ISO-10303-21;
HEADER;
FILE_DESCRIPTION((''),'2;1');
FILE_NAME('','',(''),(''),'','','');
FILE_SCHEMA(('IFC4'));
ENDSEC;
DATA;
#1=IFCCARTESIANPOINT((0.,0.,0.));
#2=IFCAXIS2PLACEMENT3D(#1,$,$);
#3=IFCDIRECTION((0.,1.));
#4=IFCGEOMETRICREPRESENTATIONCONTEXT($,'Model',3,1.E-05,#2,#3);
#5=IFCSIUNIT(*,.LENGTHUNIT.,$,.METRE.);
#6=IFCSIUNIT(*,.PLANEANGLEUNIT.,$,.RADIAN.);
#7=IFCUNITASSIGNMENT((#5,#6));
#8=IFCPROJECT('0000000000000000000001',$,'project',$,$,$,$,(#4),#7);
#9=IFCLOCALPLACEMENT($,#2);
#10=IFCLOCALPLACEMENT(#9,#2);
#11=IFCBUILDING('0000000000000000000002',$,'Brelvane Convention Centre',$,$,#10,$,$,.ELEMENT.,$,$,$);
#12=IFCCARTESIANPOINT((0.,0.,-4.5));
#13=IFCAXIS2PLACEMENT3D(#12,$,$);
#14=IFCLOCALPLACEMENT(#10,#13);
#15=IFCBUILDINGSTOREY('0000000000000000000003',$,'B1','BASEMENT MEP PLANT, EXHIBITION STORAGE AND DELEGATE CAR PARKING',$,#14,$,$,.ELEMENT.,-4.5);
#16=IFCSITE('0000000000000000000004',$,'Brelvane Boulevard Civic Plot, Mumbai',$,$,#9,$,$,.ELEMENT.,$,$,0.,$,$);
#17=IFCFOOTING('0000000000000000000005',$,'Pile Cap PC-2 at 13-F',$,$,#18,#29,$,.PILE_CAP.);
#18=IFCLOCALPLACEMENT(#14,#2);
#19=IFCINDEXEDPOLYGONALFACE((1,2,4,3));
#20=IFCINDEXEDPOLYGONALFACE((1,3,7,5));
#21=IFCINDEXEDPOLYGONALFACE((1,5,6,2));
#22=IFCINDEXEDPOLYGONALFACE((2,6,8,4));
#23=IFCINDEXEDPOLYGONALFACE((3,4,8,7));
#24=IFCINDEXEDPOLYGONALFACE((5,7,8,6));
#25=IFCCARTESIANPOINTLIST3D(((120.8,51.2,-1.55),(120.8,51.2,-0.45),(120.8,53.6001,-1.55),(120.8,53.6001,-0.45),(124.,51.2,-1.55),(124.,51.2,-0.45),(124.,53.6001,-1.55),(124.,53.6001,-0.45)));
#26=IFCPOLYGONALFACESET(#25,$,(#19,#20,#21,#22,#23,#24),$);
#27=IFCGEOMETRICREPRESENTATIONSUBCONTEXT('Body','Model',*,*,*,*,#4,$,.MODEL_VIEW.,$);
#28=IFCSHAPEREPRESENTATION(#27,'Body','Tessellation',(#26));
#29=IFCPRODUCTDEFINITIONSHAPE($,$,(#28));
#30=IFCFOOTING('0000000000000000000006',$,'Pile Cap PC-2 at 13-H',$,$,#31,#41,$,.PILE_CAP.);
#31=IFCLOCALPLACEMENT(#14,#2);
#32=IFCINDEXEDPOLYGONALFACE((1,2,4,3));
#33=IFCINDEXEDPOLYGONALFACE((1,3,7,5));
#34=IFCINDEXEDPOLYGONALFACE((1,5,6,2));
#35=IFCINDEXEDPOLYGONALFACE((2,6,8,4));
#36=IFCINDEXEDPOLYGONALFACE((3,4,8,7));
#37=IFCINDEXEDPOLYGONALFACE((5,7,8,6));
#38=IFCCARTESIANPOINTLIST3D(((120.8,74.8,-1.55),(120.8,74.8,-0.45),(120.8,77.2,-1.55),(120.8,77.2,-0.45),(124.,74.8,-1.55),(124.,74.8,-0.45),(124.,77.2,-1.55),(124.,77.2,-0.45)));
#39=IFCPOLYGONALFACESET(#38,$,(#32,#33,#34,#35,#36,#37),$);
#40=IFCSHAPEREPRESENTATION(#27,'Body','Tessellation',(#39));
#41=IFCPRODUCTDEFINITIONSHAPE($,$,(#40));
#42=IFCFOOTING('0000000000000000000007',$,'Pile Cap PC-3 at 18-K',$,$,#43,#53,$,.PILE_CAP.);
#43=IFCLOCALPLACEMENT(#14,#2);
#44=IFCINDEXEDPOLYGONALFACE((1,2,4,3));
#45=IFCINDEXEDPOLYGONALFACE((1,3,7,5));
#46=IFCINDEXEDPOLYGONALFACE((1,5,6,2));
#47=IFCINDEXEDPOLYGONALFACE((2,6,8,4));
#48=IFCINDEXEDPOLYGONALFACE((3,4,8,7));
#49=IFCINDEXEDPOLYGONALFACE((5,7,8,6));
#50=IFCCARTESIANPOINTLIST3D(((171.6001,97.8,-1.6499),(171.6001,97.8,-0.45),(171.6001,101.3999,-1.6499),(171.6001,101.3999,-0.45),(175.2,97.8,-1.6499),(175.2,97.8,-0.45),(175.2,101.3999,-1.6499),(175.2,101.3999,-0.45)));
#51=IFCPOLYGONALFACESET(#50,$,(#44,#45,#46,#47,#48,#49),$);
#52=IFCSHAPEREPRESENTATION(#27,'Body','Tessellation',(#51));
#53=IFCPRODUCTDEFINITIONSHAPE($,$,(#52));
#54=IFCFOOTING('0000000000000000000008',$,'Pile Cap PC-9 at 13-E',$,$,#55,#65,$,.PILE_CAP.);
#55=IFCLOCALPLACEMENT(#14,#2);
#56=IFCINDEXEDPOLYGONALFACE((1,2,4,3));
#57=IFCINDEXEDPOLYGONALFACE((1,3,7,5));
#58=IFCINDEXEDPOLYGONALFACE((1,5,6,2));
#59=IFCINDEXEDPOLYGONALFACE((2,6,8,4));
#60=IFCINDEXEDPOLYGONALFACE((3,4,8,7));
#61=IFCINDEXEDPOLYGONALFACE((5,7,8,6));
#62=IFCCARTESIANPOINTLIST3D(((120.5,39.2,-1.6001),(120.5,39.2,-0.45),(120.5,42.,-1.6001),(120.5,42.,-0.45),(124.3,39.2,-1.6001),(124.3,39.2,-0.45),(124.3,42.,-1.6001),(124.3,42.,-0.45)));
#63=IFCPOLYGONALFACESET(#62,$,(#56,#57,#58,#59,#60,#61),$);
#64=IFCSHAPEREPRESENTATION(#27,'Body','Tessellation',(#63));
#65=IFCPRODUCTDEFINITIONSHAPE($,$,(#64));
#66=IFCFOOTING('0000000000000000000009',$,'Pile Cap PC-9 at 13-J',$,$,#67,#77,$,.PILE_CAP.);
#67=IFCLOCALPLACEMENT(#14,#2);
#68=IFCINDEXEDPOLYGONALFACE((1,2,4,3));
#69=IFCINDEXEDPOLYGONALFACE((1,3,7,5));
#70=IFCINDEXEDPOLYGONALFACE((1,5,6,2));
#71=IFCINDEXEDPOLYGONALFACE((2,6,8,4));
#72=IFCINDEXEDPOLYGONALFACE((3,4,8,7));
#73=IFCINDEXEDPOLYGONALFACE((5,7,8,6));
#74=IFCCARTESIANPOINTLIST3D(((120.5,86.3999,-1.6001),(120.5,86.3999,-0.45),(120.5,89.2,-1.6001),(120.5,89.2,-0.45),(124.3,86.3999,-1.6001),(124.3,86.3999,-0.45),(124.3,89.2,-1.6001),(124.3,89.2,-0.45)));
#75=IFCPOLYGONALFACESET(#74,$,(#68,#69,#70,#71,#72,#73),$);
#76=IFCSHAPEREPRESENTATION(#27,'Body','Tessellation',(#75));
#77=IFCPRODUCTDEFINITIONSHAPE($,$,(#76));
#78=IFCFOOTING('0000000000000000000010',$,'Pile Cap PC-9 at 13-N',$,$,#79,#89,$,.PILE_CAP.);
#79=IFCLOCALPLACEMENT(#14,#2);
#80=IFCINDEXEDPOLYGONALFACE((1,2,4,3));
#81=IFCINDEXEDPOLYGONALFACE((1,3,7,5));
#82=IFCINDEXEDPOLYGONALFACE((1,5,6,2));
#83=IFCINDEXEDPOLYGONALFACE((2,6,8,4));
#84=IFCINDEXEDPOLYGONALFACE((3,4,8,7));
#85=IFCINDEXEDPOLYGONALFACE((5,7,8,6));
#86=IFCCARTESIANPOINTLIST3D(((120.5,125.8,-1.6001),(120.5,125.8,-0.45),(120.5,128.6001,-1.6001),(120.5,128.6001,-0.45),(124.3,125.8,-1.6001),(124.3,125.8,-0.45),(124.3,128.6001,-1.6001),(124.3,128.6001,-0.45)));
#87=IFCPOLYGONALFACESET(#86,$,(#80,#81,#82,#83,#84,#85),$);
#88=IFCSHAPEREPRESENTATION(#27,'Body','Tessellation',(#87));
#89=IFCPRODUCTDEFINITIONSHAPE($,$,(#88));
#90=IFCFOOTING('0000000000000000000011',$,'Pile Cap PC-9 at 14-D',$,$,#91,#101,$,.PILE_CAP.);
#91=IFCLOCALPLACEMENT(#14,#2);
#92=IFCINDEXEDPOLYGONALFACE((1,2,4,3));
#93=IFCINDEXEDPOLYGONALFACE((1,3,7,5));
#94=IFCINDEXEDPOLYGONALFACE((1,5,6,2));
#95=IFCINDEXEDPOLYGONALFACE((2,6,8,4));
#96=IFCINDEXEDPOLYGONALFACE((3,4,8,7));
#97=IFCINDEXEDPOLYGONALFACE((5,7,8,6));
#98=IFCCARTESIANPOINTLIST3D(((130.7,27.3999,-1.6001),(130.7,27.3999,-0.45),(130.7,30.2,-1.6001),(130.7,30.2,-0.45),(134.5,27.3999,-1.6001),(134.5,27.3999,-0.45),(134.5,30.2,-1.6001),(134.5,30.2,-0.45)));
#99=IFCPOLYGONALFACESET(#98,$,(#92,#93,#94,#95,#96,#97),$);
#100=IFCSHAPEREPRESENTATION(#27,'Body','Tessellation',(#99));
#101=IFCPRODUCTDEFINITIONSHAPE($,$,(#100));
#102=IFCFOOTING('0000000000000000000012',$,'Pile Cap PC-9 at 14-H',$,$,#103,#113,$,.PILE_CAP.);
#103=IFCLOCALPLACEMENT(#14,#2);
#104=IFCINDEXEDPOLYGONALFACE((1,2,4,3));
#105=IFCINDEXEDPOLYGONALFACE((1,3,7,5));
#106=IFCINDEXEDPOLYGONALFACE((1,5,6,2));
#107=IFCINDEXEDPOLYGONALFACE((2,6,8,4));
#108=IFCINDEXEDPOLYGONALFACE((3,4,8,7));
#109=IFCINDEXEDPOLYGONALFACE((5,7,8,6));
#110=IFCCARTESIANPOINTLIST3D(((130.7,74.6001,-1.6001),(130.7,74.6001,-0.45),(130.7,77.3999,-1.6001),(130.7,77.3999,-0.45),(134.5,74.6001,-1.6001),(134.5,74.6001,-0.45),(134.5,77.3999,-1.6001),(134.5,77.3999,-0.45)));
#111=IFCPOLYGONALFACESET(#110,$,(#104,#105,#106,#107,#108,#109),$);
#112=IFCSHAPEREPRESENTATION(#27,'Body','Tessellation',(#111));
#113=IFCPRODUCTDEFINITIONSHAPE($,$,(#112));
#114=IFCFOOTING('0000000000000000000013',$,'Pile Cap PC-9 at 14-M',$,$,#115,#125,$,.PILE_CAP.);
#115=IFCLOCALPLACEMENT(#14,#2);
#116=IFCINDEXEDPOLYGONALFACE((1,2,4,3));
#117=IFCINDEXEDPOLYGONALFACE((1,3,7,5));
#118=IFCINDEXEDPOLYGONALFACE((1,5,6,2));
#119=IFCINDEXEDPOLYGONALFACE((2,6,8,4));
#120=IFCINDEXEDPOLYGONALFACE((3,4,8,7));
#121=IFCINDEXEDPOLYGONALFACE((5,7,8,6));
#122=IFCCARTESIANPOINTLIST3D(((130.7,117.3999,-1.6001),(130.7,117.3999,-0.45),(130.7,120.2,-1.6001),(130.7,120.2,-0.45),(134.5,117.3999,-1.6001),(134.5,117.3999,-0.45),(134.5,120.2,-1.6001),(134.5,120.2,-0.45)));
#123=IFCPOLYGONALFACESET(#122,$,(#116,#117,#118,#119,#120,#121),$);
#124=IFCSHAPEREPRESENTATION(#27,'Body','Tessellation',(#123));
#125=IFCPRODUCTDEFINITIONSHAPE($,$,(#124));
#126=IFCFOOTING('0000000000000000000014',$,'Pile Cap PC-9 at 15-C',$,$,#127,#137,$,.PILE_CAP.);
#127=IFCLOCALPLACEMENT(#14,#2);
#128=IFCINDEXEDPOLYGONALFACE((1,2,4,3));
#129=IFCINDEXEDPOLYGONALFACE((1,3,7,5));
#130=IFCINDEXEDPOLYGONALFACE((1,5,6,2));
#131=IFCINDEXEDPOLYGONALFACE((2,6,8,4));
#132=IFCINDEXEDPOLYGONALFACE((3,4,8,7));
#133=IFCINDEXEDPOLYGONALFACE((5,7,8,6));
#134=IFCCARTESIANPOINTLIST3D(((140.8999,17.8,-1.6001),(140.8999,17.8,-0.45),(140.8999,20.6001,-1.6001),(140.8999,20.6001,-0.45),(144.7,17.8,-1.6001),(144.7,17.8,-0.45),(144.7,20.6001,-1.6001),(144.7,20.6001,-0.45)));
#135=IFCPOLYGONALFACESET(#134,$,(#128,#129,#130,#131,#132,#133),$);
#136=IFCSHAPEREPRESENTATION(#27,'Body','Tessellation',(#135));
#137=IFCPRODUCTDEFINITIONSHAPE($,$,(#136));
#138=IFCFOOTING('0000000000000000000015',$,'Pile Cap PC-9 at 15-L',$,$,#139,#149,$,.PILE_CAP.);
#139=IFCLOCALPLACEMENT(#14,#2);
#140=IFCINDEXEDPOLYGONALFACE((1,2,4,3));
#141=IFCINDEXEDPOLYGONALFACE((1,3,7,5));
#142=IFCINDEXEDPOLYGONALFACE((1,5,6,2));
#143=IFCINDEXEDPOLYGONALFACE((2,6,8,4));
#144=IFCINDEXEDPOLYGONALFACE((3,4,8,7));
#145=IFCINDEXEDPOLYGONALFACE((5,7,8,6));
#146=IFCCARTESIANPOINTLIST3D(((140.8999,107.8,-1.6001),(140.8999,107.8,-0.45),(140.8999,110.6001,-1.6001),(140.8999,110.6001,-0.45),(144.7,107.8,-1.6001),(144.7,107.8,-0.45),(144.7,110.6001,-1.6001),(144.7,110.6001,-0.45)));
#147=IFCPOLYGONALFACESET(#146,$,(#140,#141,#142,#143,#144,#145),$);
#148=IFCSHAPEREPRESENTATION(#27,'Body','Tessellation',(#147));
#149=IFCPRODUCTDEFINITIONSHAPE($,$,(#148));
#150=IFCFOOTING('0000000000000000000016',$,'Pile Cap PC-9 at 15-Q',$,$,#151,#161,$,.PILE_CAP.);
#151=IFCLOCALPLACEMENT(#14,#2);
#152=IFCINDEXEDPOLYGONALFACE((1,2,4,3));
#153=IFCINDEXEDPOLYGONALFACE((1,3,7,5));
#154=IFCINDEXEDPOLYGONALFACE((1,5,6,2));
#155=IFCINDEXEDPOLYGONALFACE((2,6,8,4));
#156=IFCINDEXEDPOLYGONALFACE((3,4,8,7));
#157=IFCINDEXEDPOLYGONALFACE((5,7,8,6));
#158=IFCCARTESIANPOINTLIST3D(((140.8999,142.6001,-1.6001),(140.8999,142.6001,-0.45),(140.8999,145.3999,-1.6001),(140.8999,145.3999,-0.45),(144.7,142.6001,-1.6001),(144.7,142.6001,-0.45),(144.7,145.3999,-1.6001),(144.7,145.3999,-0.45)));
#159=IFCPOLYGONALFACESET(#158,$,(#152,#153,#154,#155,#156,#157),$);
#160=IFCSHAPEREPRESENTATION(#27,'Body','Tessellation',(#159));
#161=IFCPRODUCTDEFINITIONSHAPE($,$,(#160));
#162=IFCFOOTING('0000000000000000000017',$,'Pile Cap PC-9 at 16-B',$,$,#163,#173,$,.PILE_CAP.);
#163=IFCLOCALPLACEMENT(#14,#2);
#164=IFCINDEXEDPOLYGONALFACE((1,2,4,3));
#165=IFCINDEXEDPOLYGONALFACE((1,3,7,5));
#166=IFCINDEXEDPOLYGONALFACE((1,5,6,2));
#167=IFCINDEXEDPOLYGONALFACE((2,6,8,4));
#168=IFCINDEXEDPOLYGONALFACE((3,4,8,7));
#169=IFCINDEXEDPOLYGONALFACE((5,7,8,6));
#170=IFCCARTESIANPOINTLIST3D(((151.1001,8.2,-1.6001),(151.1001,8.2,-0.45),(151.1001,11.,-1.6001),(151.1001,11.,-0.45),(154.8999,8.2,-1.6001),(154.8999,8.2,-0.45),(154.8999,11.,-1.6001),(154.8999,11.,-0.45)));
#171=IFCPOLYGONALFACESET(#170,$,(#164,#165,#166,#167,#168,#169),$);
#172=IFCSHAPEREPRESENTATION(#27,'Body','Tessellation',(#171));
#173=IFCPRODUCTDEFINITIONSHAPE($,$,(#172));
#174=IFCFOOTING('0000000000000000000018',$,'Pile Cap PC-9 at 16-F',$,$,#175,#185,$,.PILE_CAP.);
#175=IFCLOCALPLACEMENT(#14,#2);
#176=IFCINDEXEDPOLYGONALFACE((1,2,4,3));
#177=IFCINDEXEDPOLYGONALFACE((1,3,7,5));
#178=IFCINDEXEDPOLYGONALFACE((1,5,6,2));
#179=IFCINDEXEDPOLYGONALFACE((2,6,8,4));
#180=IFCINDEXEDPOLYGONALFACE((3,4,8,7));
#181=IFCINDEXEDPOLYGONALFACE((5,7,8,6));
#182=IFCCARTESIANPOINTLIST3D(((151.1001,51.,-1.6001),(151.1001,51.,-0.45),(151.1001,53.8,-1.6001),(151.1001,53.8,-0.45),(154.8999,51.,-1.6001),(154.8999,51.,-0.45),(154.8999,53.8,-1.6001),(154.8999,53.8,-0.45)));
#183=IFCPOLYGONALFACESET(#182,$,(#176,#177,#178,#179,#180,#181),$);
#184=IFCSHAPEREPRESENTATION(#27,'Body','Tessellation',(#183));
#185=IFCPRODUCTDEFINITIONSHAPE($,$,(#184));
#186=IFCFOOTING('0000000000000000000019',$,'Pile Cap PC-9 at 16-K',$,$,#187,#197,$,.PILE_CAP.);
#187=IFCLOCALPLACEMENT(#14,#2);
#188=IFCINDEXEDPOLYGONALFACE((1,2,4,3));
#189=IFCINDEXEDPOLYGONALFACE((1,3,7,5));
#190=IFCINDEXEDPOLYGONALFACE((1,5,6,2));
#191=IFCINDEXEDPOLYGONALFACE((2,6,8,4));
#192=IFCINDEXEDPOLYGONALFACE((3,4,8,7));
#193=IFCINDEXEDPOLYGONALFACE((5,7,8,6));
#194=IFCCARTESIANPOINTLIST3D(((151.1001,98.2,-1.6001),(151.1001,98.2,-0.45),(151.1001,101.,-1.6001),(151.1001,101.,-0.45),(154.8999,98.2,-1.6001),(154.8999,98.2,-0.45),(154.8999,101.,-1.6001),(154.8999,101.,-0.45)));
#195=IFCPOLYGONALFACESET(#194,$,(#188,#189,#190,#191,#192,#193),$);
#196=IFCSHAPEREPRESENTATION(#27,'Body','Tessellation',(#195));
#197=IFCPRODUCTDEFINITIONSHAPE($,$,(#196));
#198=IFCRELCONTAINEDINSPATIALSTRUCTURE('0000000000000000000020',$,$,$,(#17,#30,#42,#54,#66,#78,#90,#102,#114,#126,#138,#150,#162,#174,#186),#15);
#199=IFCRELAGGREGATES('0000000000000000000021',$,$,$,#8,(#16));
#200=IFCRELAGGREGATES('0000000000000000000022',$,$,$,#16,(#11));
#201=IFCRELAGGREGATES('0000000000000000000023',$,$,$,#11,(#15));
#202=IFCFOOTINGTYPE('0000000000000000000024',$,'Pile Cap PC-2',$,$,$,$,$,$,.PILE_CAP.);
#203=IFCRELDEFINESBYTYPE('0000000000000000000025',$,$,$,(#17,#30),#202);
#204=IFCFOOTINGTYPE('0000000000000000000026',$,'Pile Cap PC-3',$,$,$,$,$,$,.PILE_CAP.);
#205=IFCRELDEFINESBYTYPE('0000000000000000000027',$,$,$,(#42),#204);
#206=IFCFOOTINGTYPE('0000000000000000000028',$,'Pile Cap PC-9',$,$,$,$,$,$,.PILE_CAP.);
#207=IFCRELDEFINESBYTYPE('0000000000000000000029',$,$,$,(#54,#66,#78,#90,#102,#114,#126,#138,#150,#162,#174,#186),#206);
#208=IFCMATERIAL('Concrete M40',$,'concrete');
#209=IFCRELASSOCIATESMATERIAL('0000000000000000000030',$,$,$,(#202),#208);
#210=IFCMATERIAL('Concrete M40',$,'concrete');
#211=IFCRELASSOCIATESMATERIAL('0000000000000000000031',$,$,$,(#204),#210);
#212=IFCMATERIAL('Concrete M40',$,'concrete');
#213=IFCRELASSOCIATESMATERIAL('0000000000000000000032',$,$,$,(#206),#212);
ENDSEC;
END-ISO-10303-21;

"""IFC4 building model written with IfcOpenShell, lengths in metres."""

from ifc_helpers import new_model, si_unit, direction, frame, origin, place, context, subcontext, project, spatial, polyline, outline, extrude, material, type_object, element, save


model = new_model("IFC4")

# Units and contexts
model_context = context("Model", 3, precision=1e-05, world=origin(), true_north=direction((0.0, 1.0)))
body_context = subcontext(model_context, "Body", "Model", "MODEL_VIEW")
ifc_project = project(units=[si_unit("LENGTHUNIT", "METRE"), si_unit("PLANEANGLEUNIT", "RADIAN")], contexts=[model_context])

# Site, building, storey
site_placement = place(None, origin())
site = spatial("IfcSite", under=ifc_project, at=site_placement, Name="Brelvane Boulevard Civic Plot, Mumbai", CompositionType="ELEMENT", RefElevation=0.0)
building_placement = place(site_placement, origin())
building = spatial("IfcBuilding", under=site, at=building_placement, Name="Brelvane Convention Centre", CompositionType="ELEMENT")
storey_placement = place(building_placement, frame((0.0, 0.0, -4.5)))
storey = spatial("IfcBuildingStorey", under=building, at=storey_placement, Name="B1", Description="BASEMENT MEP PLANT, EXHIBITION STORAGE AND DELEGATE CAR PARKING", CompositionType="ELEMENT", Elevation=-4.5)

# Footings
ifc_material_1 = material(Name="Concrete M40", Category="concrete")
footing_type_1 = type_object("IfcFootingType", Name="Pile Cap PC-2", PredefinedType="PILE_CAP", material=ifc_material_1)
footing_1_placement = place(storey_placement, frame((0.0, 0.0, -1.55)))
element("IfcFooting", 1, at=footing_1_placement, inside=storey, type_object=footing_type_1, Name="Pile Cap PC-2 at 13-F", PredefinedType="PILE_CAP", context=body_context, shape_type="SweptSolid", body=[
    extrude(outline(polyline([(120.8, 51.2), (124.0, 51.2), (124.0, 53.6001), (120.8, 53.6001), (120.8, 51.2)])), origin(), (0.0, 0.0, 1.0), 1.1001),
])
footing_2_placement = place(storey_placement, frame((0.0, 0.0, -1.55)))
element("IfcFooting", 2, at=footing_2_placement, inside=storey, type_object=footing_type_1, Name="Pile Cap PC-2 at 13-H", PredefinedType="PILE_CAP", context=body_context, shape_type="SweptSolid", body=[
    extrude(outline(polyline([(120.8, 74.8), (124.0, 74.8), (124.0, 77.2), (120.8, 77.2), (120.8, 74.8)])), origin(), (0.0, 0.0, 1.0), 1.1001),
])
ifc_material_2 = material(Name="Concrete M40", Category="concrete")
footing_type_2 = type_object("IfcFootingType", Name="Pile Cap PC-3", PredefinedType="PILE_CAP", material=ifc_material_2)
footing_3_placement = place(storey_placement, frame((0.0, 0.0, -1.6499)))
element("IfcFooting", 3, at=footing_3_placement, inside=storey, type_object=footing_type_2, Name="Pile Cap PC-3 at 18-K", PredefinedType="PILE_CAP", context=body_context, shape_type="SweptSolid", body=[
    extrude(outline(polyline([(171.6001, 97.8), (175.2, 97.8), (175.2, 101.3999), (171.6001, 101.3999), (171.6001, 97.8)])), origin(), (0.0, 0.0, 1.0), 1.2),
])
ifc_material_3 = material(Name="Concrete M40", Category="concrete")
footing_type_3 = type_object("IfcFootingType", Name="Pile Cap PC-9", PredefinedType="PILE_CAP", material=ifc_material_3)
footing_4_placement = place(storey_placement, frame((0.0, 0.0, -1.6001)))
element("IfcFooting", 4, at=footing_4_placement, inside=storey, type_object=footing_type_3, Name="Pile Cap PC-9 at 13-E", PredefinedType="PILE_CAP", context=body_context, shape_type="SweptSolid", body=[
    extrude(outline(polyline([(120.5, 39.2), (124.3, 39.2), (124.3, 42.0), (120.5, 42.0), (120.5, 39.2)])), origin(), (0.0, 0.0, 1.0), 1.1501),
])
footing_5_placement = place(storey_placement, frame((0.0, 0.0, -1.6001)))
element("IfcFooting", 5, at=footing_5_placement, inside=storey, type_object=footing_type_3, Name="Pile Cap PC-9 at 13-J", PredefinedType="PILE_CAP", context=body_context, shape_type="SweptSolid", body=[
    extrude(outline(polyline([(120.5, 86.3999), (124.3, 86.3999), (124.3, 89.2), (120.5, 89.2), (120.5, 86.3999)])), origin(), (0.0, 0.0, 1.0), 1.1501),
])
footing_6_placement = place(storey_placement, frame((0.0, 0.0, -1.6001)))
element("IfcFooting", 6, at=footing_6_placement, inside=storey, type_object=footing_type_3, Name="Pile Cap PC-9 at 13-N", PredefinedType="PILE_CAP", context=body_context, shape_type="SweptSolid", body=[
    extrude(outline(polyline([(120.5, 125.8), (124.3, 125.8), (124.3, 128.6001), (120.5, 128.6001), (120.5, 125.8)])), origin(), (0.0, 0.0, 1.0), 1.1501),
])
footing_7_placement = place(storey_placement, frame((0.0, 0.0, -1.6001)))
element("IfcFooting", 7, at=footing_7_placement, inside=storey, type_object=footing_type_3, Name="Pile Cap PC-9 at 14-D", PredefinedType="PILE_CAP", context=body_context, shape_type="SweptSolid", body=[
    extrude(outline(polyline([(130.7, 27.3999), (134.5, 27.3999), (134.5, 30.2), (130.7, 30.2), (130.7, 27.3999)])), origin(), (0.0, 0.0, 1.0), 1.1501),
])
footing_8_placement = place(storey_placement, frame((0.0, 0.0, -1.6001)))
element("IfcFooting", 8, at=footing_8_placement, inside=storey, type_object=footing_type_3, Name="Pile Cap PC-9 at 14-H", PredefinedType="PILE_CAP", context=body_context, shape_type="SweptSolid", body=[
    extrude(outline(polyline([(130.7, 74.6001), (134.5, 74.6001), (134.5, 77.3999), (130.7, 77.3999), (130.7, 74.6001)])), origin(), (0.0, 0.0, 1.0), 1.1501),
])
footing_9_placement = place(storey_placement, frame((0.0, 0.0, -1.6001)))
element("IfcFooting", 9, at=footing_9_placement, inside=storey, type_object=footing_type_3, Name="Pile Cap PC-9 at 14-M", PredefinedType="PILE_CAP", context=body_context, shape_type="SweptSolid", body=[
    extrude(outline(polyline([(130.7, 117.3999), (134.5, 117.3999), (134.5, 120.2), (130.7, 120.2), (130.7, 117.3999)])), origin(), (0.0, 0.0, 1.0), 1.1501),
])
footing_10_placement = place(storey_placement, frame((0.0, 0.0, -1.6001)))
element("IfcFooting", 10, at=footing_10_placement, inside=storey, type_object=footing_type_3, Name="Pile Cap PC-9 at 15-C", PredefinedType="PILE_CAP", context=body_context, shape_type="SweptSolid", body=[
    extrude(outline(polyline([(140.8999, 17.8), (144.7, 17.8), (144.7, 20.6001), (140.8999, 20.6001), (140.8999, 17.8)])), origin(), (0.0, 0.0, 1.0), 1.1501),
])
footing_11_placement = place(storey_placement, frame((0.0, 0.0, -1.6001)))
element("IfcFooting", 11, at=footing_11_placement, inside=storey, type_object=footing_type_3, Name="Pile Cap PC-9 at 15-L", PredefinedType="PILE_CAP", context=body_context, shape_type="SweptSolid", body=[
    extrude(outline(polyline([(140.8999, 107.8), (144.7, 107.8), (144.7, 110.6001), (140.8999, 110.6001), (140.8999, 107.8)])), origin(), (0.0, 0.0, 1.0), 1.1501),
])
footing_12_placement = place(storey_placement, frame((0.0, 0.0, -1.6001)))
element("IfcFooting", 12, at=footing_12_placement, inside=storey, type_object=footing_type_3, Name="Pile Cap PC-9 at 15-Q", PredefinedType="PILE_CAP", context=body_context, shape_type="SweptSolid", body=[
    extrude(outline(polyline([(140.8999, 142.6001), (144.7, 142.6001), (144.7, 145.3999), (140.8999, 145.3999), (140.8999, 142.6001)])), origin(), (0.0, 0.0, 1.0), 1.1501),
])
footing_13_placement = place(storey_placement, frame((0.0, 0.0, -1.6001)))
element("IfcFooting", 13, at=footing_13_placement, inside=storey, type_object=footing_type_3, Name="Pile Cap PC-9 at 16-B", PredefinedType="PILE_CAP", context=body_context, shape_type="SweptSolid", body=[
    extrude(outline(polyline([(151.1001, 8.2), (154.8999, 8.2), (154.8999, 11.0), (151.1001, 11.0), (151.1001, 8.2)])), origin(), (0.0, 0.0, 1.0), 1.1501),
])
footing_14_placement = place(storey_placement, frame((0.0, 0.0, -1.6001)))
element("IfcFooting", 14, at=footing_14_placement, inside=storey, type_object=footing_type_3, Name="Pile Cap PC-9 at 16-F", PredefinedType="PILE_CAP", context=body_context, shape_type="SweptSolid", body=[
    extrude(outline(polyline([(151.1001, 51.0), (154.8999, 51.0), (154.8999, 53.8), (151.1001, 53.8), (151.1001, 51.0)])), origin(), (0.0, 0.0, 1.0), 1.1501),
])
footing_15_placement = place(storey_placement, frame((0.0, 0.0, -1.6001)))
element("IfcFooting", 15, at=footing_15_placement, inside=storey, type_object=footing_type_3, Name="Pile Cap PC-9 at 16-K", PredefinedType="PILE_CAP", context=body_context, shape_type="SweptSolid", body=[
    extrude(outline(polyline([(151.1001, 98.2), (154.8999, 98.2), (154.8999, 101.0), (151.1001, 101.0), (151.1001, 98.2)])), origin(), (0.0, 0.0, 1.0), 1.1501),
])

save(model, "model.ifc")
